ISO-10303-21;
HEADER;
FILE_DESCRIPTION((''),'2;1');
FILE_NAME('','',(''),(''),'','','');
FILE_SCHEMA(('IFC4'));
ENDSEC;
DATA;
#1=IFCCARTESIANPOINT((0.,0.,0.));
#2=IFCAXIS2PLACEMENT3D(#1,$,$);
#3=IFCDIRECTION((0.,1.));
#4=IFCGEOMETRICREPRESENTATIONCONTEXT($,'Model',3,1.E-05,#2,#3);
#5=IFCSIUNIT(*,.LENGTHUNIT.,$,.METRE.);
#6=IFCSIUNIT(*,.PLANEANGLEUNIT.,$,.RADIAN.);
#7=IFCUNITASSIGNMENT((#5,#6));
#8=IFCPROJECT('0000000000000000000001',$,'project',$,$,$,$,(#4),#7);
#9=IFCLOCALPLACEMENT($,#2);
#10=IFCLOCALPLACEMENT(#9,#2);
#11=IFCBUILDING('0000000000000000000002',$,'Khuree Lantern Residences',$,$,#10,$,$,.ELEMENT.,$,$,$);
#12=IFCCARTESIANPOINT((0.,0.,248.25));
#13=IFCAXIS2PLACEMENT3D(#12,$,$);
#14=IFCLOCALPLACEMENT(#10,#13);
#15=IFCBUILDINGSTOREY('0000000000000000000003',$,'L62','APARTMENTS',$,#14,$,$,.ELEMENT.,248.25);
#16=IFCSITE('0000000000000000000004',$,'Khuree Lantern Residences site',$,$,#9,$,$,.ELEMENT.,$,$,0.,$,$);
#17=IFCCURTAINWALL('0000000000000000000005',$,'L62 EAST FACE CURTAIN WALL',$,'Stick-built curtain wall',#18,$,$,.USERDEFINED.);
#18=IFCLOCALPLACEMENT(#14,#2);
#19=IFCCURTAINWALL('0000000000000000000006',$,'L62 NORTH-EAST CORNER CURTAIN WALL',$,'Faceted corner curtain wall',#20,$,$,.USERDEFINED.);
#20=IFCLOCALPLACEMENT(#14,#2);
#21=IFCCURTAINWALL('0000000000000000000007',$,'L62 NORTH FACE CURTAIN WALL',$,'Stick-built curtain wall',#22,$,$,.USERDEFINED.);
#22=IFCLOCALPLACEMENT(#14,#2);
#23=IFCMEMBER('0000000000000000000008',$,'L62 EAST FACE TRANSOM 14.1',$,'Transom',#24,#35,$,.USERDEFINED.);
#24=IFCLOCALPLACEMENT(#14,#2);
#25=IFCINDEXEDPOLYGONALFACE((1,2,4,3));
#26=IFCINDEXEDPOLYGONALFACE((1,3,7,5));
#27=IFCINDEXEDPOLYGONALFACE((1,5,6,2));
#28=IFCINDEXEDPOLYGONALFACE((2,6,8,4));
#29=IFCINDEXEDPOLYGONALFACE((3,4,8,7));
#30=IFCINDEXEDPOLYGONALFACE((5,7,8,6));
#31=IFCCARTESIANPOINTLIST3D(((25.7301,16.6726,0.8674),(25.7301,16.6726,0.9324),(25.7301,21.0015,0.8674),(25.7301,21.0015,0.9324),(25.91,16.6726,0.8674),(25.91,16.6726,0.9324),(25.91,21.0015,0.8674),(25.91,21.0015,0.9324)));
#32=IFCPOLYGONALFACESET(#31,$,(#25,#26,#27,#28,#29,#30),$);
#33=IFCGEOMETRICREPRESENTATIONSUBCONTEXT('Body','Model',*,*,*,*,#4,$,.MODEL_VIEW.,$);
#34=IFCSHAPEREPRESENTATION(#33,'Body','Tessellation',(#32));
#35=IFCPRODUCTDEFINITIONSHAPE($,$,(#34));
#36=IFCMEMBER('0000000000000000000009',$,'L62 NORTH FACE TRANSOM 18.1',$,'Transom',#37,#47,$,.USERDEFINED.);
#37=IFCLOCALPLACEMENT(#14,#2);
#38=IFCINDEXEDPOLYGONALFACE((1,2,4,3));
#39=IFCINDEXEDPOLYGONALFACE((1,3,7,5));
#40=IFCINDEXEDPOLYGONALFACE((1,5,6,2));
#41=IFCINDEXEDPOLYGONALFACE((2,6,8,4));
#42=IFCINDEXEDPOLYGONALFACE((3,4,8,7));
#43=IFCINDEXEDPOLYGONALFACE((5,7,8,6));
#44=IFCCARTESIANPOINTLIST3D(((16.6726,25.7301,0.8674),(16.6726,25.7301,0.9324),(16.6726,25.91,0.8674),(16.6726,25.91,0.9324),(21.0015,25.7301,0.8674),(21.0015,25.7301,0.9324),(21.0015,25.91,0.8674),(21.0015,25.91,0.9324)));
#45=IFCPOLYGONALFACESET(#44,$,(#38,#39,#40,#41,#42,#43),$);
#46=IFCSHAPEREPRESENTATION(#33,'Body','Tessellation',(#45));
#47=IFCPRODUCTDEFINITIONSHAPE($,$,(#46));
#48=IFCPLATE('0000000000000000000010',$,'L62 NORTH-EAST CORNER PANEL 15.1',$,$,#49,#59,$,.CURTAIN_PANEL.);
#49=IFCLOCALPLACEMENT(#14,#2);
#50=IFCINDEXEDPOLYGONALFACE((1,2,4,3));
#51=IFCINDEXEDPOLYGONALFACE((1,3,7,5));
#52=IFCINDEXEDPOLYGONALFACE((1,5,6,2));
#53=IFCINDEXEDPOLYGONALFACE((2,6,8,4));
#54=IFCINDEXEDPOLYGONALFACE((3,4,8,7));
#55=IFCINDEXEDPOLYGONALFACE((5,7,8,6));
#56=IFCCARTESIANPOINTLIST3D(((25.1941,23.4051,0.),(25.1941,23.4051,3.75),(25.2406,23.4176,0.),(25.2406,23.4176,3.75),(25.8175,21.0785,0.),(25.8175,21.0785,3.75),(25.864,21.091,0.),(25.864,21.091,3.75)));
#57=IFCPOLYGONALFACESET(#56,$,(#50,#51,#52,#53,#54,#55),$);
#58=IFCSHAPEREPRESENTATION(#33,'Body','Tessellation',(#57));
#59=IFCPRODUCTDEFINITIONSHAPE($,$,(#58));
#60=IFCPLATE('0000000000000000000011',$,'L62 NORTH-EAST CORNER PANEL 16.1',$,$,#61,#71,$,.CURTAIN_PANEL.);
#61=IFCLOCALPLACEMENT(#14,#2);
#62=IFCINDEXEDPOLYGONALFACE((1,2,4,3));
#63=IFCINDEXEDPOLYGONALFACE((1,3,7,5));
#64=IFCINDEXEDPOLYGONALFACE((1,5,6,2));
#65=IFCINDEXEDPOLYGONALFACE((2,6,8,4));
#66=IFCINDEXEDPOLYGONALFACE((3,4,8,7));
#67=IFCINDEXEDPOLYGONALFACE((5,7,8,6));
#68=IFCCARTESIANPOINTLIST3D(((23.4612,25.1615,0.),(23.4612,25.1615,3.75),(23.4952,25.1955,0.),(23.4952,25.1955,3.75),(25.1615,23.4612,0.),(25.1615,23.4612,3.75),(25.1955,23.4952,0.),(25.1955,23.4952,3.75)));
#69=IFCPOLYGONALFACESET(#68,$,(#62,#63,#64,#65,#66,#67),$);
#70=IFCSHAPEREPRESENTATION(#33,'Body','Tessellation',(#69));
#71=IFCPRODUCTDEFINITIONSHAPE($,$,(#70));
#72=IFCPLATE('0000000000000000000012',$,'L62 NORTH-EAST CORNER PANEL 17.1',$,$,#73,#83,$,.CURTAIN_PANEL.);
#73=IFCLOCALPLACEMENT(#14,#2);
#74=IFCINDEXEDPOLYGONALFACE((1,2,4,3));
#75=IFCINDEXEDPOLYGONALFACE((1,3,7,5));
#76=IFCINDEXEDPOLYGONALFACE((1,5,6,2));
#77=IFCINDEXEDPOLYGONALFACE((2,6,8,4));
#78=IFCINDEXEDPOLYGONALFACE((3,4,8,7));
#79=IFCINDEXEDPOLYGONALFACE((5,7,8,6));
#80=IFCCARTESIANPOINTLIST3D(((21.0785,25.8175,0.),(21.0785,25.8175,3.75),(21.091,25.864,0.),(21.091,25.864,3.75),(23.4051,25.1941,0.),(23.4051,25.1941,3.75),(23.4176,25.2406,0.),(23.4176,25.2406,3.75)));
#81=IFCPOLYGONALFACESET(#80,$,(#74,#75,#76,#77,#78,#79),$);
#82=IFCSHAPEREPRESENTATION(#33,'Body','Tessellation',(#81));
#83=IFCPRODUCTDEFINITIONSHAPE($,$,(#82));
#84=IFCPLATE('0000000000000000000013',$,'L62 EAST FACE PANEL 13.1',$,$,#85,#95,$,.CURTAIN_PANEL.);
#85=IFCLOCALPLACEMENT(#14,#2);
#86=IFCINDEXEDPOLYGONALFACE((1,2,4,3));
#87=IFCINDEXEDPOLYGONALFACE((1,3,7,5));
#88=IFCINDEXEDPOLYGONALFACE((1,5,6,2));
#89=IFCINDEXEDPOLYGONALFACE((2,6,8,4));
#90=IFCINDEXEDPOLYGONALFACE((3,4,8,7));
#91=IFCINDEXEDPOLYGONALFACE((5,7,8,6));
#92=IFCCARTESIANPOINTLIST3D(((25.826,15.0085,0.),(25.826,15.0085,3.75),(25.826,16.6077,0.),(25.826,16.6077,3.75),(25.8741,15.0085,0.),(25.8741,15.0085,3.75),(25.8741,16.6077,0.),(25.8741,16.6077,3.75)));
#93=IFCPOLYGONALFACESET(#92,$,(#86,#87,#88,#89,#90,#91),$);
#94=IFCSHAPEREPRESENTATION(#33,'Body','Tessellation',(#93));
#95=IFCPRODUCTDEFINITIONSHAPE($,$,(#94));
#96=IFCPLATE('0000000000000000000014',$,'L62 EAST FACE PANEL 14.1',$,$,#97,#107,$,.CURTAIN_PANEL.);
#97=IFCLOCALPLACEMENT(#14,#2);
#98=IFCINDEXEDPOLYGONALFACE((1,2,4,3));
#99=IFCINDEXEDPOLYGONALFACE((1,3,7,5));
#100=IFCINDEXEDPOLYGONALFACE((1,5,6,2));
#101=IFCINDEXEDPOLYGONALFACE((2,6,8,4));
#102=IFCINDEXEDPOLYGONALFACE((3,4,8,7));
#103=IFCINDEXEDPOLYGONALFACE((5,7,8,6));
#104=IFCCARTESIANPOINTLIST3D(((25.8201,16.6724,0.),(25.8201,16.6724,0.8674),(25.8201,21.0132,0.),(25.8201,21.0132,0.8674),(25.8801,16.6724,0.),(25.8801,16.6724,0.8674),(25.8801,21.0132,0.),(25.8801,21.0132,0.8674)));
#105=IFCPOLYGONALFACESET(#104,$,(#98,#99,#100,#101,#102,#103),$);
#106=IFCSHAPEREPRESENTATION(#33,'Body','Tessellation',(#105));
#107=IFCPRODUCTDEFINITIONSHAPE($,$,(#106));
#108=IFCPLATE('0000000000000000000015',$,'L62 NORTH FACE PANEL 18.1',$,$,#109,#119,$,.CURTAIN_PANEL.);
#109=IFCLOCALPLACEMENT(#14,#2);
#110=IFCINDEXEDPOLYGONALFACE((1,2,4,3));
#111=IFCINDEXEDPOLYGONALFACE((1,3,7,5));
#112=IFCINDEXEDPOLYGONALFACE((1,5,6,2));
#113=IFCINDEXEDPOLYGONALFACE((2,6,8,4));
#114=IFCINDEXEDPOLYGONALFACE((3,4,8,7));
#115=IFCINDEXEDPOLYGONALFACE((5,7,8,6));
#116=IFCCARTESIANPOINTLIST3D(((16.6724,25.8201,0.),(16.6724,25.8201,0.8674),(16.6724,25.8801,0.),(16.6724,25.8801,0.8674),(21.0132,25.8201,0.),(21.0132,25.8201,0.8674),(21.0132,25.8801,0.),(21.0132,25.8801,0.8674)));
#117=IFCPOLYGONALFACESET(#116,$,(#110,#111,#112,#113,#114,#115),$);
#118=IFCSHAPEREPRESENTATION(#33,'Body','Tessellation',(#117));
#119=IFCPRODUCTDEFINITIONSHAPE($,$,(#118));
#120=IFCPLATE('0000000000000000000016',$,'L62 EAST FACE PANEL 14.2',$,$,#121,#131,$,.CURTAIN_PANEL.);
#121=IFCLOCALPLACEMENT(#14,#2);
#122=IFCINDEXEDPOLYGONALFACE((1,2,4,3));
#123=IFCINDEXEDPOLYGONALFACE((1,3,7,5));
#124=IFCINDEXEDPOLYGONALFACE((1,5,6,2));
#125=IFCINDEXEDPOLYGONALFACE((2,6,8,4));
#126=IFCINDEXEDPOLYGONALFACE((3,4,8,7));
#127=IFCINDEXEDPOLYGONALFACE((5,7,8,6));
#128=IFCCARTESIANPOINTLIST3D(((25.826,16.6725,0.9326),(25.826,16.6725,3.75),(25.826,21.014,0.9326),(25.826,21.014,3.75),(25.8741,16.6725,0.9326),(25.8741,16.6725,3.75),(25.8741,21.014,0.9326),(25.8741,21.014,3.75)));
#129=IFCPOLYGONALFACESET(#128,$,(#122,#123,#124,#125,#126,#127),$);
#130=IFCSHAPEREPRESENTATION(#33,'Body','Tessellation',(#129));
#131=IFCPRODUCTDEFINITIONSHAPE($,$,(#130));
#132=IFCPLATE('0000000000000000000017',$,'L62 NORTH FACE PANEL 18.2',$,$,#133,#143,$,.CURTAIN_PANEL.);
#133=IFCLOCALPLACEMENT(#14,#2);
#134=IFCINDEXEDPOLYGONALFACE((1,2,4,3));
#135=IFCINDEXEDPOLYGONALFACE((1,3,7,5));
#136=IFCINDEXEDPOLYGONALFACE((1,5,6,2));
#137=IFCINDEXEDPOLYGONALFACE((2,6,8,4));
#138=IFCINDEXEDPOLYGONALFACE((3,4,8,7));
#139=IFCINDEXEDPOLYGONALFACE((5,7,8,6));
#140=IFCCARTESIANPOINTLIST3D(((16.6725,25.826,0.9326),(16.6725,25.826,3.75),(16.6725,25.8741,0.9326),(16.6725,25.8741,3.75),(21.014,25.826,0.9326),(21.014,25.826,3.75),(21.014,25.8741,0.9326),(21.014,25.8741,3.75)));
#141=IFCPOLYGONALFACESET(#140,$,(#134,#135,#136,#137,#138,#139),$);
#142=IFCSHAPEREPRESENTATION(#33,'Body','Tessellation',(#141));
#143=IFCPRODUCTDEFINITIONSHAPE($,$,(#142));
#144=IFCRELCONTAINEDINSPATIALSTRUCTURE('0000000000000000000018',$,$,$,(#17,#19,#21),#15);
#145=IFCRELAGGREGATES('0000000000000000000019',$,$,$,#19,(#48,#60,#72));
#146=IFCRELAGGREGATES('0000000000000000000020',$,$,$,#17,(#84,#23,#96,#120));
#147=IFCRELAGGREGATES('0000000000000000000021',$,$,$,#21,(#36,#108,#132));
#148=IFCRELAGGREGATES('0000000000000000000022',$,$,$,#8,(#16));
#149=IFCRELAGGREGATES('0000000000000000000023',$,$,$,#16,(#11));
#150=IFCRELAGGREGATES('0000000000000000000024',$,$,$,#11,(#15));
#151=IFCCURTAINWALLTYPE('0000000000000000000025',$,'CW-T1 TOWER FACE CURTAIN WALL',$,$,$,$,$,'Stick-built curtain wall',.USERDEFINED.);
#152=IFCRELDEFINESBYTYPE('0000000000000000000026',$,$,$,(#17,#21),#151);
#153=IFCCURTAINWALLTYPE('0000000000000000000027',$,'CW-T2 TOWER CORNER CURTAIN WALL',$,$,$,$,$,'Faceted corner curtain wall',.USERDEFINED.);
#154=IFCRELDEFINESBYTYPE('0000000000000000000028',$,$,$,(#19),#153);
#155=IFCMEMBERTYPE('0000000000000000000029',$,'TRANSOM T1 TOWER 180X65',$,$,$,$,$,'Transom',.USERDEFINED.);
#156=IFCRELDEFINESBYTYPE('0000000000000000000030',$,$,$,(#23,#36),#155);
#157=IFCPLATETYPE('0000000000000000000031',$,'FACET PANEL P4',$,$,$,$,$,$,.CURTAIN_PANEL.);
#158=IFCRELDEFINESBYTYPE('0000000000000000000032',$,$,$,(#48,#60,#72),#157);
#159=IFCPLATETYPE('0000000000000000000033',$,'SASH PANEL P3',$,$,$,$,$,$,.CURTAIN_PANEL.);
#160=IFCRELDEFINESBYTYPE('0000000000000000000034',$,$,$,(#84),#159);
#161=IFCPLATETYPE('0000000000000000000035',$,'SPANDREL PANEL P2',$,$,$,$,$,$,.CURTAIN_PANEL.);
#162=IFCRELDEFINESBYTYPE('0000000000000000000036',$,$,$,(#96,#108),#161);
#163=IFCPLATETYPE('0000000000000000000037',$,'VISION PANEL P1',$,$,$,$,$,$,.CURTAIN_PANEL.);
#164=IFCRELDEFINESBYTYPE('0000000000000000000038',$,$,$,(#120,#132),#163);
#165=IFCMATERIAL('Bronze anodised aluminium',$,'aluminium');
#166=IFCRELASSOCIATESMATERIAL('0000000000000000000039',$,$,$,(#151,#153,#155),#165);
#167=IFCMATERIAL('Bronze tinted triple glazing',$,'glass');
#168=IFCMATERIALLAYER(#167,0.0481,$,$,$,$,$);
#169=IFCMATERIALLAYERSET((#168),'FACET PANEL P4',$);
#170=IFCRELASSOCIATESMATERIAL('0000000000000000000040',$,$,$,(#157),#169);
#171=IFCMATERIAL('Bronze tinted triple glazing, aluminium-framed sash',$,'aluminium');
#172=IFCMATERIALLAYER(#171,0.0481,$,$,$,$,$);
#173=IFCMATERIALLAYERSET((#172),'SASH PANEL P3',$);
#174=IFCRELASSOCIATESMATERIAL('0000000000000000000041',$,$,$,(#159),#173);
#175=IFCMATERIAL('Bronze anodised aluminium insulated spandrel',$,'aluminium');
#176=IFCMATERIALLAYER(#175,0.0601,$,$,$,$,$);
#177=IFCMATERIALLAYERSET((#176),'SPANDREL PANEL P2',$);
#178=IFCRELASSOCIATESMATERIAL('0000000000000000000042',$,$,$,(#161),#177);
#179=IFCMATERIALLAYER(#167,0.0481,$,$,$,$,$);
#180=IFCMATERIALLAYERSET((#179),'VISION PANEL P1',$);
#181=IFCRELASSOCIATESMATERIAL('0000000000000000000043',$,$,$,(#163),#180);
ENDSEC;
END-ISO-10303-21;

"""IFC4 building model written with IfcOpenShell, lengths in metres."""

from ifc_helpers import new_model, si_unit, direction, frame, origin, origin_2d, place, context, subcontext, project, spatial, rectangle, extrude, material, layer, layer_set, material_profile, profile_set, type_object, element, aggregate, save


model = new_model("IFC4")

# Units and contexts
model_context = context("Model", 3, precision=1e-05, world=origin(), true_north=direction((0.0, 1.0)))
body_context = subcontext(model_context, "Body", "Model", "MODEL_VIEW")
ifc_project = project(units=[si_unit("LENGTHUNIT", "METRE"), si_unit("PLANEANGLEUNIT", "RADIAN")], contexts=[model_context])

# Site, building, storey
site_placement = place(None, origin())
site = spatial("IfcSite", under=ifc_project, at=site_placement, Name="Khuree Lantern Residences site", CompositionType="ELEMENT", RefElevation=0.0)
building_placement = place(site_placement, origin())
building = spatial("IfcBuilding", under=site, at=building_placement, Name="Khuree Lantern Residences", CompositionType="ELEMENT")
storey_placement = place(building_placement, frame((0.0, 0.0, 248.25)))
storey = spatial("IfcBuildingStorey", under=building, at=storey_placement, Name="L62", Description="APARTMENTS", CompositionType="ELEMENT", Elevation=248.25)

# Curtain walls
ifc_material_1 = material(Name="Bronze anodised aluminium", Category="aluminium")
curtain_wall_type_1 = type_object("IfcCurtainWallType", Name="CW-T1 TOWER FACE CURTAIN WALL", ElementType="Stick-built curtain wall", PredefinedType="USERDEFINED", material=ifc_material_1)
curtain_wall_1_placement = place(storey_placement, origin())
curtain_wall_1 = element("IfcCurtainWall", 1, at=curtain_wall_1_placement, inside=storey, type_object=curtain_wall_type_1, Name="L62 EAST FACE CURTAIN WALL", ObjectType="Stick-built curtain wall", PredefinedType="USERDEFINED")
curtain_wall_type_2 = type_object("IfcCurtainWallType", Name="CW-T2 TOWER CORNER CURTAIN WALL", ElementType="Faceted corner curtain wall", PredefinedType="USERDEFINED", material=ifc_material_1)
curtain_wall_2_placement = place(storey_placement, origin())
curtain_wall_2 = element("IfcCurtainWall", 2, at=curtain_wall_2_placement, inside=storey, type_object=curtain_wall_type_2, Name="L62 NORTH-EAST CORNER CURTAIN WALL", ObjectType="Faceted corner curtain wall", PredefinedType="USERDEFINED")

# Curtain wall
curtain_wall_3_placement = place(storey_placement, origin())
curtain_wall_3 = element("IfcCurtainWall", 3, at=curtain_wall_3_placement, inside=storey, type_object=curtain_wall_type_1, Name="L62 NORTH FACE CURTAIN WALL", ObjectType="Stick-built curtain wall", PredefinedType="USERDEFINED")

# Members
ifc_material_profile_1 = material_profile(ifc_material_1, rectangle(XDim=0.1799, YDim=0.0649, at=origin_2d()), Name="T1 180X65")
ifc_profile_set_1 = profile_set([ifc_material_profile_1], Name="Bronze anodised aluminium")
member_type_1 = type_object("IfcMemberType", Name="TRANSOM T1 TOWER 180X65", ElementType="Transom", PredefinedType="USERDEFINED", material=ifc_profile_set_1)
member_1_placement = place(storey_placement, frame((25.8201, 16.6726, 0.8999), z_axis=(0.0, 1.0, 0.0), x_axis=(-1.0, 0.0, 0.0)))
member_1 = element("IfcMember", 4, at=member_1_placement, type_object=member_type_1, Name="L62 EAST FACE TRANSOM 14.1", ObjectType="Transom", PredefinedType="USERDEFINED", context=body_context, shape_type="SweptSolid", body=[
    extrude(rectangle(XDim=0.1799, YDim=0.0649, at=origin_2d()), origin(), (0.0, 0.0, 1.0), 4.3289),
])
member_2_placement = place(storey_placement, frame((21.0015, 25.8201, 0.8999), z_axis=(-1.0, 0.0, 0.0), x_axis=(0.0, -1.0, 0.0)))
member_2 = element("IfcMember", 5, at=member_2_placement, type_object=member_type_1, Name="L62 NORTH FACE TRANSOM 18.1", ObjectType="Transom", PredefinedType="USERDEFINED", context=body_context, shape_type="SweptSolid", body=[
    extrude(rectangle(XDim=0.1799, YDim=0.0649, at=origin_2d()), origin(), (0.0, 0.0, 1.0), 4.3289),
])

# Plates
ifc_material_2 = material(Name="Bronze tinted triple glazing", Category="glass")
ifc_layer_1 = layer(ifc_material_2, 0.0481)
ifc_layer_set_1 = layer_set([ifc_layer_1], Name="FACET PANEL P4")
plate_type_1 = type_object("IfcPlateType", Name="FACET PANEL P4", PredefinedType="CURTAIN_PANEL", material=ifc_layer_set_1)
plate_1_placement = place(storey_placement, frame((25.5291, 22.248, 0.0), z_axis=(0.0, 0.0, 1.0), x_axis=(-0.258819, 0.965926, 0.0)))
plate_1 = element("IfcPlate", 6, at=plate_1_placement, type_object=plate_type_1, Name="L62 NORTH-EAST CORNER PANEL 15.1", PredefinedType="CURTAIN_PANEL", context=body_context, shape_type="SweptSolid", body=[
    extrude(rectangle(XDim=2.4087, YDim=0.0481, at=origin_2d()), origin(), (0.0, 0.0, 1.0), 3.75),
])
plate_2_placement = place(storey_placement, frame((24.3284, 24.3284, 0.0), z_axis=(0.0, 0.0, 1.0), x_axis=(-0.707107, 0.707107, 0.0)))
plate_2 = element("IfcPlate", 7, at=plate_2_placement, type_object=plate_type_1, Name="L62 NORTH-EAST CORNER PANEL 16.1", PredefinedType="CURTAIN_PANEL", context=body_context, shape_type="SweptSolid", body=[
    extrude(rectangle(XDim=2.4045, YDim=0.0481, at=origin_2d()), origin(), (0.0, 0.0, 1.0), 3.75),
])
plate_3_placement = place(storey_placement, frame((22.248, 25.5291, 0.0), z_axis=(0.0, 0.0, 1.0), x_axis=(-0.965926, 0.258819, 0.0)))
plate_3 = element("IfcPlate", 8, at=plate_3_placement, type_object=plate_type_1, Name="L62 NORTH-EAST CORNER PANEL 17.1", PredefinedType="CURTAIN_PANEL", context=body_context, shape_type="SweptSolid", body=[
    extrude(rectangle(XDim=2.4087, YDim=0.0481, at=origin_2d()), origin(), (0.0, 0.0, 1.0), 3.75),
])
aggregate(curtain_wall_2, [plate_1, plate_2, plate_3])
ifc_material_3 = material(Name="Bronze tinted triple glazing, aluminium-framed sash", Category="aluminium")
ifc_layer_2 = layer(ifc_material_3, 0.0481)
ifc_layer_set_2 = layer_set([ifc_layer_2], Name="SASH PANEL P3")
plate_type_2 = type_object("IfcPlateType", Name="SASH PANEL P3", PredefinedType="CURTAIN_PANEL", material=ifc_layer_set_2)
plate_4_placement = place(storey_placement, frame((25.8501, 15.8081, 0.0), z_axis=(0.0, 0.0, 1.0), x_axis=(0.0, 1.0, 0.0)))
plate_4 = element("IfcPlate", 9, at=plate_4_placement, type_object=plate_type_2, Name="L62 EAST FACE PANEL 13.1", PredefinedType="CURTAIN_PANEL", context=body_context, shape_type="SweptSolid", body=[
    extrude(rectangle(XDim=1.5991, YDim=0.0481, at=origin_2d()), origin(), (0.0, 0.0, 1.0), 3.75),
])
ifc_material_4 = material(Name="Bronze anodised aluminium insulated spandrel", Category="aluminium")
ifc_layer_3 = layer(ifc_material_4, 0.0601)
ifc_layer_set_3 = layer_set([ifc_layer_3], Name="SPANDREL PANEL P2")
plate_type_3 = type_object("IfcPlateType", Name="SPANDREL PANEL P2", PredefinedType="CURTAIN_PANEL", material=ifc_layer_set_3)
plate_5_placement = place(storey_placement, frame((25.8501, 18.8428, 0.0), z_axis=(0.0, 0.0, 1.0), x_axis=(0.0, 1.0, 0.0)))
plate_5 = element("IfcPlate", 10, at=plate_5_placement, type_object=plate_type_3, Name="L62 EAST FACE PANEL 14.1", PredefinedType="CURTAIN_PANEL", context=body_context, shape_type="SweptSolid", body=[
    extrude(rectangle(XDim=4.3408, YDim=0.0601, at=origin_2d()), origin(), (0.0, 0.0, 1.0), 0.8674),
])
plate_6_placement = place(storey_placement, frame((18.8428, 25.8501, 0.0), z_axis=(0.0, 0.0, 1.0), x_axis=(-1.0, 0.0, 0.0)))
plate_6 = element("IfcPlate", 11, at=plate_6_placement, type_object=plate_type_3, Name="L62 NORTH FACE PANEL 18.1", PredefinedType="CURTAIN_PANEL", context=body_context, shape_type="SweptSolid", body=[
    extrude(rectangle(XDim=4.3408, YDim=0.0601, at=origin_2d()), origin(), (0.0, 0.0, 1.0), 0.8674),
])
ifc_layer_4 = layer(ifc_material_2, 0.0481)
ifc_layer_set_4 = layer_set([ifc_layer_4], Name="VISION PANEL P1")
plate_type_4 = type_object("IfcPlateType", Name="VISION PANEL P1", PredefinedType="CURTAIN_PANEL", material=ifc_layer_set_4)
plate_7_placement = place(storey_placement, frame((25.8501, 18.8433, 0.9326), z_axis=(0.0, 0.0, 1.0), x_axis=(0.0, 1.0, 0.0)))
plate_7 = element("IfcPlate", 12, at=plate_7_placement, type_object=plate_type_4, Name="L62 EAST FACE PANEL 14.2", PredefinedType="CURTAIN_PANEL", context=body_context, shape_type="SweptSolid", body=[
    extrude(rectangle(XDim=4.3416, YDim=0.0481, at=origin_2d()), origin(), (0.0, 0.0, 1.0), 2.8174),
])
aggregate(curtain_wall_1, [plate_4, member_1, plate_5, plate_7])
plate_8_placement = place(storey_placement, frame((18.8433, 25.8501, 0.9326), z_axis=(0.0, 0.0, 1.0), x_axis=(-1.0, 0.0, 0.0)))
plate_8 = element("IfcPlate", 13, at=plate_8_placement, type_object=plate_type_4, Name="L62 NORTH FACE PANEL 18.2", PredefinedType="CURTAIN_PANEL", context=body_context, shape_type="SweptSolid", body=[
    extrude(rectangle(XDim=4.3416, YDim=0.0481, at=origin_2d()), origin(), (0.0, 0.0, 1.0), 2.8174),
])
aggregate(curtain_wall_3, [member_2, plate_6, plate_8])

save(model, "model.ifc")
